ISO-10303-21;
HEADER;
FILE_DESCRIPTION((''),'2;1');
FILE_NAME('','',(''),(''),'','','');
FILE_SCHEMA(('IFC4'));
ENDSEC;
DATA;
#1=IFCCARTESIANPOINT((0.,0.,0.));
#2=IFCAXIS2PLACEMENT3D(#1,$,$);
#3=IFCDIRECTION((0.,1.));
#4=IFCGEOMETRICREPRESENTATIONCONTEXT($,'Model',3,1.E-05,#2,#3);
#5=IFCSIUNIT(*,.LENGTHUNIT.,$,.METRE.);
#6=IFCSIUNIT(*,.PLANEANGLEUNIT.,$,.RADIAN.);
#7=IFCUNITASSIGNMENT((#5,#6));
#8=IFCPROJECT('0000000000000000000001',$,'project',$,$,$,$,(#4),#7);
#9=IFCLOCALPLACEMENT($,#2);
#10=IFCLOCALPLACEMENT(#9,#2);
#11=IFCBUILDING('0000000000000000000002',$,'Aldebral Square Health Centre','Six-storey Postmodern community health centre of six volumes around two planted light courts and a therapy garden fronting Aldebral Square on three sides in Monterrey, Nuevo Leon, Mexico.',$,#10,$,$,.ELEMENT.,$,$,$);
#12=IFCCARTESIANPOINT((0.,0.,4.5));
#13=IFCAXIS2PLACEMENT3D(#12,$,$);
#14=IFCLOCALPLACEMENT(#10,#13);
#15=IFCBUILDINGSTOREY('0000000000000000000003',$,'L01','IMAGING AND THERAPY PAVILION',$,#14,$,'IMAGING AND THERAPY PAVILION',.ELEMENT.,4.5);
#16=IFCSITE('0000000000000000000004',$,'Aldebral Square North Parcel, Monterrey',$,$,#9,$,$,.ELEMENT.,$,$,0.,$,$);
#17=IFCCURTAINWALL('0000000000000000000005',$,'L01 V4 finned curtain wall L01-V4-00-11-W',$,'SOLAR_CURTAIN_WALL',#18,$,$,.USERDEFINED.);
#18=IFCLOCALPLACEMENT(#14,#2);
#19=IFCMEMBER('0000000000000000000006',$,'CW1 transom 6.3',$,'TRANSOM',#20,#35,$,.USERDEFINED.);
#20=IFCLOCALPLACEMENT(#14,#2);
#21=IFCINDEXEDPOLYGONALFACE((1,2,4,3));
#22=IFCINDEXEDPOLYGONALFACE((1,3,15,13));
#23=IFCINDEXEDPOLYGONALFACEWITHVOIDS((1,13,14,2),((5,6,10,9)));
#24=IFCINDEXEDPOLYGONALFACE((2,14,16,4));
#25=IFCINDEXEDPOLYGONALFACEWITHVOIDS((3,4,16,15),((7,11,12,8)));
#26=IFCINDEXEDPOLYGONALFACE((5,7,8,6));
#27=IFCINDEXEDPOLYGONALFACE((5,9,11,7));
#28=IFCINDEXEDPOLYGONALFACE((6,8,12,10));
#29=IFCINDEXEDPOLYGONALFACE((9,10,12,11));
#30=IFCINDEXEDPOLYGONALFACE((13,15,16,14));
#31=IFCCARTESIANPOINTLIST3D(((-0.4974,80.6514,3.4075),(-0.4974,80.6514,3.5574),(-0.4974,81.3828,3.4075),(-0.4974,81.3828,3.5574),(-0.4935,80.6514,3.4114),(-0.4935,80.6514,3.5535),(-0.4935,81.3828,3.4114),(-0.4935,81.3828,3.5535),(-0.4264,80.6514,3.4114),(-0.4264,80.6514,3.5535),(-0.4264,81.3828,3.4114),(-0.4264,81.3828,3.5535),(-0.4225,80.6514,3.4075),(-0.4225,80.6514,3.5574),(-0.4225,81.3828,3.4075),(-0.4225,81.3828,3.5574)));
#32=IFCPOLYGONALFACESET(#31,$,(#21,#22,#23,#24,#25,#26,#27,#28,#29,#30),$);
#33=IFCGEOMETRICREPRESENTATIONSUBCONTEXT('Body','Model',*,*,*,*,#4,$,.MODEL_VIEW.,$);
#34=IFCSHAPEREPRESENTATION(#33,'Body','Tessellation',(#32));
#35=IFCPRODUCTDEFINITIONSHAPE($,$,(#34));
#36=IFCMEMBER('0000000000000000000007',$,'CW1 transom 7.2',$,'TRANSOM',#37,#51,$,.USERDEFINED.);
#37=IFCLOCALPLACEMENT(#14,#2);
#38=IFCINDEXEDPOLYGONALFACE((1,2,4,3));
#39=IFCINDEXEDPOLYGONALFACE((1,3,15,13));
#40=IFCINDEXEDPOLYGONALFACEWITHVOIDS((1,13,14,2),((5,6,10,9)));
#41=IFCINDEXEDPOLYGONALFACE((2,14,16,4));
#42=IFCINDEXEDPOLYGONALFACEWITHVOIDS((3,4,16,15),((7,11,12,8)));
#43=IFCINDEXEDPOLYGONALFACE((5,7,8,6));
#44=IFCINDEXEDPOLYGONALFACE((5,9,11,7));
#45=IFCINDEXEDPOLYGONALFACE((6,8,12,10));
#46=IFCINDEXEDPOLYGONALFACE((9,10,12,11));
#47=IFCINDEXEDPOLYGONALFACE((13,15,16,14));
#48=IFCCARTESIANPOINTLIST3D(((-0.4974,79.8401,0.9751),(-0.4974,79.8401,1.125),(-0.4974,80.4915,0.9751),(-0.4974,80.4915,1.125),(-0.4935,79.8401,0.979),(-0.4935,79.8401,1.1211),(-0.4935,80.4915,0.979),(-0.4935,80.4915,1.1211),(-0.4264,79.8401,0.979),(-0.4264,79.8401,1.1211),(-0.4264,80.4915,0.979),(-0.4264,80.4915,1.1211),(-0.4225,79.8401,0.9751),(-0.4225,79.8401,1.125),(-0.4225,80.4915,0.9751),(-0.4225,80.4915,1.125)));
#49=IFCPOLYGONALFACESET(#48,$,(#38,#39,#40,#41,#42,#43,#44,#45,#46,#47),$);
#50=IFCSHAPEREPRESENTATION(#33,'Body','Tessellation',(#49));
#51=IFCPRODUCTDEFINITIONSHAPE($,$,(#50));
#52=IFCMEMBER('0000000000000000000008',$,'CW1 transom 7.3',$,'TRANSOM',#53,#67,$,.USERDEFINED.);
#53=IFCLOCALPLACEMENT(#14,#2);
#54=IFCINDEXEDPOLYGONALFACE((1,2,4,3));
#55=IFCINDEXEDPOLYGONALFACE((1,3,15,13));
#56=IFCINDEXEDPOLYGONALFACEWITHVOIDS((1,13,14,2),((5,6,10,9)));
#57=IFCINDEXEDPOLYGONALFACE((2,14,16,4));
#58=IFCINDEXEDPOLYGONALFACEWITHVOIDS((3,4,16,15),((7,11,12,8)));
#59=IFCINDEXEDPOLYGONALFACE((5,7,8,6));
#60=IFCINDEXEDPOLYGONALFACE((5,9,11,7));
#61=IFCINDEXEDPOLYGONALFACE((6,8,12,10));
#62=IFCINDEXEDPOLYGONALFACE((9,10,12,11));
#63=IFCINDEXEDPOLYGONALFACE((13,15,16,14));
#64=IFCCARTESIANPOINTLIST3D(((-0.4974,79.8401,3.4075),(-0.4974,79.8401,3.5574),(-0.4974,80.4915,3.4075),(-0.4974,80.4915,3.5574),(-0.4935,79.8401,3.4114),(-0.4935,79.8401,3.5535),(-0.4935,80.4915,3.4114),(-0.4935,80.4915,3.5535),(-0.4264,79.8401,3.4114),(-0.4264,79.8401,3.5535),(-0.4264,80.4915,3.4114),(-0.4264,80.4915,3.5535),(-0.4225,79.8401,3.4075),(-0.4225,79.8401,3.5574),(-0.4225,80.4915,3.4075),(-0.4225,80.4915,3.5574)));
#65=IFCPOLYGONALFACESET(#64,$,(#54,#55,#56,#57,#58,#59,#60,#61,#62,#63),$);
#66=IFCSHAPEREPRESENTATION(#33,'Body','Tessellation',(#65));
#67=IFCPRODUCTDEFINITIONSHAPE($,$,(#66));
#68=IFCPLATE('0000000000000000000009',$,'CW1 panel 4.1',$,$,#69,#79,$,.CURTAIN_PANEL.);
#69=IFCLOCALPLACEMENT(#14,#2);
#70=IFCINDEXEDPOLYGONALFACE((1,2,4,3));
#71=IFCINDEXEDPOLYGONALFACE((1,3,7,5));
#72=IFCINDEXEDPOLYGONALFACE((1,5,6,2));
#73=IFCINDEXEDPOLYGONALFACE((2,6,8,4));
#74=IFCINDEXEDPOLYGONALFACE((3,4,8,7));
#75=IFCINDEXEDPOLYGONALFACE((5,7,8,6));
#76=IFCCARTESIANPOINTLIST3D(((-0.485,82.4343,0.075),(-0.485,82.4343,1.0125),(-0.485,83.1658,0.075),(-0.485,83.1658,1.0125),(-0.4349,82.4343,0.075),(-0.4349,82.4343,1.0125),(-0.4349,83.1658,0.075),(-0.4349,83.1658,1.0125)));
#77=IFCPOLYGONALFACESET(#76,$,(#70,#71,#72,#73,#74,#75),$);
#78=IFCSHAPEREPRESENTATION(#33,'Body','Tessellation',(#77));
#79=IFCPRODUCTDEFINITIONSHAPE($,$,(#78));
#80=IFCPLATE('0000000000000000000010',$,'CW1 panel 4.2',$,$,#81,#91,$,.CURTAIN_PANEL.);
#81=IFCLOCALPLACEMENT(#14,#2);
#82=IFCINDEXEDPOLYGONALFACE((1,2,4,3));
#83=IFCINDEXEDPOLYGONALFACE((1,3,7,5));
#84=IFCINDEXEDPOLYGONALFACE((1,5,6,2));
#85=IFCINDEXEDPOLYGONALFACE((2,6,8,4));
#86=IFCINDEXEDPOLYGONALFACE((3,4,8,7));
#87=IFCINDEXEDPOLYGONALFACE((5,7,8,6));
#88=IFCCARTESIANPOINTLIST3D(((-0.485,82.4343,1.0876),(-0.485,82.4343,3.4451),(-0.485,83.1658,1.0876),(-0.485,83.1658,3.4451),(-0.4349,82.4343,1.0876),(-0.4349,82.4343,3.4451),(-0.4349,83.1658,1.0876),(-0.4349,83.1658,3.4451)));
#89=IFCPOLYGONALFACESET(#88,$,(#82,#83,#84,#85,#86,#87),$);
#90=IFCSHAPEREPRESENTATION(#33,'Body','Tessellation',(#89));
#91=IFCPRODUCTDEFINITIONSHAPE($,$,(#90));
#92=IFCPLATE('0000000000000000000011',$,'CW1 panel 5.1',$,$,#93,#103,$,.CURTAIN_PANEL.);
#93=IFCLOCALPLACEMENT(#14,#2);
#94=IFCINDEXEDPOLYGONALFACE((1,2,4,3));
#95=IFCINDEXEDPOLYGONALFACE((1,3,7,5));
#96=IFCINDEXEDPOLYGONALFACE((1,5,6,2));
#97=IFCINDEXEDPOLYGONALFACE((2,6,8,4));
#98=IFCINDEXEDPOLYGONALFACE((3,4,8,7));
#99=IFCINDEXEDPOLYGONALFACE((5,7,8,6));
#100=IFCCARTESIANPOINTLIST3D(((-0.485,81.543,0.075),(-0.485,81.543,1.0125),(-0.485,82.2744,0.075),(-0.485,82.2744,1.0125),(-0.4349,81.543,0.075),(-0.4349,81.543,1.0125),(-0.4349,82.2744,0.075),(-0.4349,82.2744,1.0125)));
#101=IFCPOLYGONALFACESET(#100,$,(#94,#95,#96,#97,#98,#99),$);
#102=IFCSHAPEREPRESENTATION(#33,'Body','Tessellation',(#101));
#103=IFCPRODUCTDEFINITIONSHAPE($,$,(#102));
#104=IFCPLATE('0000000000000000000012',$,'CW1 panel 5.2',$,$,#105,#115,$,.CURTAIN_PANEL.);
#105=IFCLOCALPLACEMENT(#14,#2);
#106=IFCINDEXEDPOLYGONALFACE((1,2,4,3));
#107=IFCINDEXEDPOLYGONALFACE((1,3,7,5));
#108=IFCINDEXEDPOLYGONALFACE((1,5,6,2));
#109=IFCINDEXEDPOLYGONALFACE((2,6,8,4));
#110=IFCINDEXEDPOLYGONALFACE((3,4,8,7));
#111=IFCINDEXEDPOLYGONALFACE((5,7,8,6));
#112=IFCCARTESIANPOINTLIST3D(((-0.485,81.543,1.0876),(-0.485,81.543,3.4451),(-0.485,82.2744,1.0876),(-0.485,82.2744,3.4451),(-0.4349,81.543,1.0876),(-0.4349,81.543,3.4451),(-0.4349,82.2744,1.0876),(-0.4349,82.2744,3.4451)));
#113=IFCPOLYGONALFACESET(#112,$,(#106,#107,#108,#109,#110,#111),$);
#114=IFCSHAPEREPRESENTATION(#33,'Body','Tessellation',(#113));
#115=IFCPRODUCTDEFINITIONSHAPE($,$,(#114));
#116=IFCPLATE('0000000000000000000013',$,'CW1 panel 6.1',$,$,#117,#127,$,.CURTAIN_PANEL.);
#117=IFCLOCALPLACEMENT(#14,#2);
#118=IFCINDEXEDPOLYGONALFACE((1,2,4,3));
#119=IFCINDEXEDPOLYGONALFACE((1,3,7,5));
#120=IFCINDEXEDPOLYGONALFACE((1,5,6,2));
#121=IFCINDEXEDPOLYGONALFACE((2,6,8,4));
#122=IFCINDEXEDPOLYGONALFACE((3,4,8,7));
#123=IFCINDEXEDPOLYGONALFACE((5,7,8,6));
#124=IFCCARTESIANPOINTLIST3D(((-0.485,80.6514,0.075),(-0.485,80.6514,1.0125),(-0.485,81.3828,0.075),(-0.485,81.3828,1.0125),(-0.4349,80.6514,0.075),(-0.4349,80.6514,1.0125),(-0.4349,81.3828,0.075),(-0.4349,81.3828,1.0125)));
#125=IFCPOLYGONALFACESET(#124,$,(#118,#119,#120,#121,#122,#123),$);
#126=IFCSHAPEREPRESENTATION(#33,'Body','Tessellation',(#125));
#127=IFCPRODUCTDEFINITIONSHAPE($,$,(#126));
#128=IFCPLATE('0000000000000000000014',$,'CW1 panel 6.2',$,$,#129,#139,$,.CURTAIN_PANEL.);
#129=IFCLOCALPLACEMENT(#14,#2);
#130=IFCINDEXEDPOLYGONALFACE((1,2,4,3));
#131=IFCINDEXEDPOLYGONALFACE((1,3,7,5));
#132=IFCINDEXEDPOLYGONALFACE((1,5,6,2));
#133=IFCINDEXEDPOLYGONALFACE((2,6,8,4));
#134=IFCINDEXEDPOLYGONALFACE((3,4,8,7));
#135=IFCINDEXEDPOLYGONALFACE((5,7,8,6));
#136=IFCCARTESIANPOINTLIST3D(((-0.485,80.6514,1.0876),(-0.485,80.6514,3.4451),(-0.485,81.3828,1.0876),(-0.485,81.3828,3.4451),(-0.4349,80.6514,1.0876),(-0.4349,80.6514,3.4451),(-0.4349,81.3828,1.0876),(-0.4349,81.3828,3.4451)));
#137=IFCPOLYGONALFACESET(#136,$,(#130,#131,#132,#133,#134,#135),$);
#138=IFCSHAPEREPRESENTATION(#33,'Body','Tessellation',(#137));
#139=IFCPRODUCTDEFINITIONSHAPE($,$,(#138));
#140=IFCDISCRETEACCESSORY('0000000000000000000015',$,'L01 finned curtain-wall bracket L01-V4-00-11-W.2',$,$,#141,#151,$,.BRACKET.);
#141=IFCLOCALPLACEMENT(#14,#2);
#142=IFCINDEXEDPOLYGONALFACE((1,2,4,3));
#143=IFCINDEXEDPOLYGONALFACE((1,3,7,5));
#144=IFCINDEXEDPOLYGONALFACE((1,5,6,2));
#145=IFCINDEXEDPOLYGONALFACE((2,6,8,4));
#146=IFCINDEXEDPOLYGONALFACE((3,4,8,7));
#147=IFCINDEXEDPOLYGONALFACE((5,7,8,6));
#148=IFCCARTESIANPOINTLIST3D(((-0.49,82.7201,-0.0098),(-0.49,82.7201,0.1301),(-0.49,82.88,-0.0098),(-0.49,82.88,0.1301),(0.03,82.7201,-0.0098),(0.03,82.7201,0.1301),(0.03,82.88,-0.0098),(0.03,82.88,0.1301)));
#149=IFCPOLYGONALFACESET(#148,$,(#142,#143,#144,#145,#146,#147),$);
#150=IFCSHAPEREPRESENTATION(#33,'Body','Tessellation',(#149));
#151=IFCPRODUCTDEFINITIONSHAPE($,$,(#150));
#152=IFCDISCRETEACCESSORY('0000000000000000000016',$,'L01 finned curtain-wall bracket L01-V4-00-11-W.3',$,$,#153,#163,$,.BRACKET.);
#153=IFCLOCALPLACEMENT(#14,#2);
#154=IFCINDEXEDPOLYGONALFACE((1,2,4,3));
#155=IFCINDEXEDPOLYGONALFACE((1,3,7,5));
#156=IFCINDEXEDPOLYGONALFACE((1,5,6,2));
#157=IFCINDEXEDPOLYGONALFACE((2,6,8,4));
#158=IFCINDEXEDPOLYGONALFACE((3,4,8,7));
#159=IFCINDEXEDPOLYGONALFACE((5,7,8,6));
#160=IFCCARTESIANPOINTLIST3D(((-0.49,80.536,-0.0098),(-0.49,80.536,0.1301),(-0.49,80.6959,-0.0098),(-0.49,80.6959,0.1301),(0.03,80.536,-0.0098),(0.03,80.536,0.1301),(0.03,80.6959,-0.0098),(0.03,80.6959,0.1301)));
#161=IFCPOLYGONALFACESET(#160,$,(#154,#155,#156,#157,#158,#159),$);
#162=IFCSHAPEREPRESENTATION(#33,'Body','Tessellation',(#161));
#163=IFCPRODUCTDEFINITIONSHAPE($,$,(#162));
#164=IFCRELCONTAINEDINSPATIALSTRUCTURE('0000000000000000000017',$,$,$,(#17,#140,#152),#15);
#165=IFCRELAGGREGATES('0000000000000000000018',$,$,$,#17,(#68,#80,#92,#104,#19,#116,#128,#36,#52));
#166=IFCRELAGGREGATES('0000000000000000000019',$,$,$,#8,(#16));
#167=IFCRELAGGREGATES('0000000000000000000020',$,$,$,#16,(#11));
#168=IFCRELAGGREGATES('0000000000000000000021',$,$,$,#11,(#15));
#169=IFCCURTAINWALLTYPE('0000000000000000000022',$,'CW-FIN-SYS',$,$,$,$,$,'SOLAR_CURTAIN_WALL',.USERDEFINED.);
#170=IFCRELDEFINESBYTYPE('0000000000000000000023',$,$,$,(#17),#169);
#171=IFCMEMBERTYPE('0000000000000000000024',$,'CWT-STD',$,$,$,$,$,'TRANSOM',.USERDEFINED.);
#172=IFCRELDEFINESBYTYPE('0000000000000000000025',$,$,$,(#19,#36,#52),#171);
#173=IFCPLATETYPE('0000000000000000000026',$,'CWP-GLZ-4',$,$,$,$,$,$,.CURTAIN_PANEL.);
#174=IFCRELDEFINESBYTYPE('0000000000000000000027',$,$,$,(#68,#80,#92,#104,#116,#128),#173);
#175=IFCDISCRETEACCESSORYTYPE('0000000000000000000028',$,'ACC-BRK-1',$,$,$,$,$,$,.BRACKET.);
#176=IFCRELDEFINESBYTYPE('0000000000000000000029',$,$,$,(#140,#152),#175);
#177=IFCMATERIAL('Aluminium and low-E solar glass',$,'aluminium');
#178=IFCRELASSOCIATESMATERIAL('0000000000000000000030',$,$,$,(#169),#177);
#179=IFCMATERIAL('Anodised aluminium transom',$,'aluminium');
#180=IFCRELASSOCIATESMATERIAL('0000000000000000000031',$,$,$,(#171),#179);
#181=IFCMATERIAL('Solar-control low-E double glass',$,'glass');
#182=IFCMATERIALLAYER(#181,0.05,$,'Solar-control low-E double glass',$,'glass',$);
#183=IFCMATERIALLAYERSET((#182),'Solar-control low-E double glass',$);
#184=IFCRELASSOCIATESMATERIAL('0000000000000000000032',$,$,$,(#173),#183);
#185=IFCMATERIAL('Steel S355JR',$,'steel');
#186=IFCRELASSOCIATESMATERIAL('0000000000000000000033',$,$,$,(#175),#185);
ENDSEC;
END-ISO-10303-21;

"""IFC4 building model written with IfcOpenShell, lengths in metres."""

from ifc_helpers import new_model, si_unit, direction, frame, origin, origin_2d, place, context, subcontext, project, spatial, rectangle, hollow_rectangle, extrude, material, layer, layer_set, material_profile, profile_set, type_object, element, aggregate, save


model = new_model("IFC4")

# Units and contexts
model_context = context("Model", 3, precision=1e-05, world=origin(), true_north=direction((0.0, 1.0)))
body_context = subcontext(model_context, "Body", "Model", "MODEL_VIEW")
ifc_project = project(units=[si_unit("LENGTHUNIT", "METRE"), si_unit("PLANEANGLEUNIT", "RADIAN")], contexts=[model_context])

# Site, building, storey
site_placement = place(None, origin())
site = spatial("IfcSite", under=ifc_project, at=site_placement, Name="Aldebral Square North Parcel, Monterrey", CompositionType="ELEMENT", RefElevation=0.0)
building_placement = place(site_placement, origin())
building = spatial("IfcBuilding", under=site, at=building_placement, Name="Aldebral Square Health Centre", Description="Six-storey Postmodern community health centre of six volumes around two planted light courts and a therapy garden fronting Aldebral Square on three sides in Monterrey, Nuevo Leon, Mexico.", CompositionType="ELEMENT")
storey_placement = place(building_placement, frame((0.0, 0.0, 4.5)))
storey = spatial("IfcBuildingStorey", under=building, at=storey_placement, Name="L01", Description="IMAGING AND THERAPY PAVILION", LongName="IMAGING AND THERAPY PAVILION", CompositionType="ELEMENT", Elevation=4.5)

# Curtain wall, members, plates
ifc_material_1 = material(Name="Aluminium and low-E solar glass", Category="aluminium")
curtain_wall_type = type_object("IfcCurtainWallType", Name="CW-FIN-SYS", ElementType="SOLAR_CURTAIN_WALL", PredefinedType="USERDEFINED", material=ifc_material_1)
curtain_wall_placement = place(storey_placement, origin())
curtain_wall = element("IfcCurtainWall", 1, at=curtain_wall_placement, inside=storey, type_object=curtain_wall_type, Name="L01 V4 finned curtain wall L01-V4-00-11-W", ObjectType="SOLAR_CURTAIN_WALL", PredefinedType="USERDEFINED")
ifc_material_2 = material(Name="Anodised aluminium transom", Category="aluminium")
ifc_material_profile_1 = material_profile(ifc_material_2, hollow_rectangle(XDim=0.075, YDim=0.1499, WallThickness=0.0039, at=origin_2d()), Name="CWT 75x150x4")
ifc_profile_set_1 = profile_set([ifc_material_profile_1], Name="Anodised aluminium transom")
member_type_1 = type_object("IfcMemberType", Name="CWT-STD", ElementType="TRANSOM", PredefinedType="USERDEFINED", material=ifc_profile_set_1)
member_1_placement = place(storey_placement, frame((-0.46, 81.3828, 3.4824), z_axis=(0.0, -1.0, 0.0), x_axis=(1.0, 0.0, 0.0)))
member_1 = element("IfcMember", 2, at=member_1_placement, type_object=member_type_1, Name="CW1 transom 6.3", ObjectType="TRANSOM", PredefinedType="USERDEFINED", context=body_context, shape_type="SweptSolid", body=[
    extrude(hollow_rectangle(XDim=0.075, YDim=0.1499, WallThickness=0.0039, at=origin_2d()), origin(), (0.0, 0.0, 1.0), 0.7314),
])
member_2_placement = place(storey_placement, frame((-0.46, 80.4915, 1.05), z_axis=(0.0, -1.0, 0.0), x_axis=(1.0, 0.0, 0.0)))
member_2 = element("IfcMember", 3, at=member_2_placement, type_object=member_type_1, Name="CW1 transom 7.2", ObjectType="TRANSOM", PredefinedType="USERDEFINED", context=body_context, shape_type="SweptSolid", body=[
    extrude(hollow_rectangle(XDim=0.075, YDim=0.1499, WallThickness=0.0039, at=origin_2d()), origin(), (0.0, 0.0, 1.0), 0.6514),
])
member_3_placement = place(storey_placement, frame((-0.46, 80.4915, 3.4824), z_axis=(0.0, -1.0, 0.0), x_axis=(1.0, 0.0, 0.0)))
member_3 = element("IfcMember", 4, at=member_3_placement, type_object=member_type_1, Name="CW1 transom 7.3", ObjectType="TRANSOM", PredefinedType="USERDEFINED", context=body_context, shape_type="SweptSolid", body=[
    extrude(hollow_rectangle(XDim=0.075, YDim=0.1499, WallThickness=0.0039, at=origin_2d()), origin(), (0.0, 0.0, 1.0), 0.6514),
])
ifc_material_3 = material(Name="Solar-control low-E double glass", Category="glass")
ifc_layer = layer(ifc_material_3, 0.05, Name="Solar-control low-E double glass", Category="glass")
ifc_layer_set = layer_set([ifc_layer], Name="Solar-control low-E double glass")
plate_type = type_object("IfcPlateType", Name="CWP-GLZ-4", PredefinedType="CURTAIN_PANEL", material=ifc_layer_set)
plate_1_placement = place(storey_placement, frame((-0.46, 82.8, 0.075), z_axis=(0.0, 0.0, 1.0), x_axis=(0.0, -1.0, 0.0)))
plate_1 = element("IfcPlate", 5, at=plate_1_placement, type_object=plate_type, Name="CW1 panel 4.1", PredefinedType="CURTAIN_PANEL", context=body_context, shape_type="SweptSolid", body=[
    extrude(rectangle(XDim=0.7314, YDim=0.05, at=origin_2d()), origin(), (0.0, 0.0, 1.0), 0.9375),
])
plate_2_placement = place(storey_placement, frame((-0.46, 82.8, 1.0876), z_axis=(0.0, 0.0, 1.0), x_axis=(0.0, -1.0, 0.0)))
plate_2 = element("IfcPlate", 6, at=plate_2_placement, type_object=plate_type, Name="CW1 panel 4.2", PredefinedType="CURTAIN_PANEL", context=body_context, shape_type="SweptSolid", body=[
    extrude(rectangle(XDim=0.7314, YDim=0.05, at=origin_2d()), origin(), (0.0, 0.0, 1.0), 2.3574),
])
plate_3_placement = place(storey_placement, frame((-0.46, 81.9087, 0.075), z_axis=(0.0, 0.0, 1.0), x_axis=(0.0, -1.0, 0.0)))
plate_3 = element("IfcPlate", 7, at=plate_3_placement, type_object=plate_type, Name="CW1 panel 5.1", PredefinedType="CURTAIN_PANEL", context=body_context, shape_type="SweptSolid", body=[
    extrude(rectangle(XDim=0.7314, YDim=0.05, at=origin_2d()), origin(), (0.0, 0.0, 1.0), 0.9375),
])
plate_4_placement = place(storey_placement, frame((-0.46, 81.9087, 1.0876), z_axis=(0.0, 0.0, 1.0), x_axis=(0.0, -1.0, 0.0)))
plate_4 = element("IfcPlate", 8, at=plate_4_placement, type_object=plate_type, Name="CW1 panel 5.2", PredefinedType="CURTAIN_PANEL", context=body_context, shape_type="SweptSolid", body=[
    extrude(rectangle(XDim=0.7314, YDim=0.05, at=origin_2d()), origin(), (0.0, 0.0, 1.0), 2.3574),
])
plate_5_placement = place(storey_placement, frame((-0.46, 81.0171, 0.075), z_axis=(0.0, 0.0, 1.0), x_axis=(0.0, -1.0, 0.0)))
plate_5 = element("IfcPlate", 9, at=plate_5_placement, type_object=plate_type, Name="CW1 panel 6.1", PredefinedType="CURTAIN_PANEL", context=body_context, shape_type="SweptSolid", body=[
    extrude(rectangle(XDim=0.7314, YDim=0.05, at=origin_2d()), origin(), (0.0, 0.0, 1.0), 0.9375),
])
plate_6_placement = place(storey_placement, frame((-0.46, 81.0171, 1.0876), z_axis=(0.0, 0.0, 1.0), x_axis=(0.0, -1.0, 0.0)))
plate_6 = element("IfcPlate", 10, at=plate_6_placement, type_object=plate_type, Name="CW1 panel 6.2", PredefinedType="CURTAIN_PANEL", context=body_context, shape_type="SweptSolid", body=[
    extrude(rectangle(XDim=0.7314, YDim=0.05, at=origin_2d()), origin(), (0.0, 0.0, 1.0), 2.3574),
])
aggregate(curtain_wall, [plate_1, plate_2, plate_3, plate_4, member_1, plate_5, plate_6, member_2, member_3])

# Discrete accessories
ifc_material_4 = material(Name="Steel S355JR", Category="steel")
discrete_accessory_type = type_object("IfcDiscreteAccessoryType", Name="ACC-BRK-1", PredefinedType="BRACKET", material=ifc_material_4)
for number, where, z_axis, x_axis, name in (
    (11, (-0.23, 82.8, -0.0098), (0.0, 0.0, 1.0), (0.0, 1.0, 0.0), "L01 finned curtain-wall bracket L01-V4-00-11-W.2"),
    (12, (-0.23, 80.616, -0.0098), (0.0, 0.0, 1.0), (0.0, 1.0, 0.0), "L01 finned curtain-wall bracket L01-V4-00-11-W.3"),
):
    element("IfcDiscreteAccessory", number, at=place(storey_placement, frame(where, z_axis=z_axis, x_axis=x_axis)), inside=storey, type_object=discrete_accessory_type, Name=name, PredefinedType="BRACKET", context=body_context, shape_type="SweptSolid", body=[
        extrude(rectangle(XDim=0.1599, YDim=0.52, at=origin_2d()), origin(), (0.0, 0.0, 1.0), 0.1399),
    ])

save(model, "model.ifc")
